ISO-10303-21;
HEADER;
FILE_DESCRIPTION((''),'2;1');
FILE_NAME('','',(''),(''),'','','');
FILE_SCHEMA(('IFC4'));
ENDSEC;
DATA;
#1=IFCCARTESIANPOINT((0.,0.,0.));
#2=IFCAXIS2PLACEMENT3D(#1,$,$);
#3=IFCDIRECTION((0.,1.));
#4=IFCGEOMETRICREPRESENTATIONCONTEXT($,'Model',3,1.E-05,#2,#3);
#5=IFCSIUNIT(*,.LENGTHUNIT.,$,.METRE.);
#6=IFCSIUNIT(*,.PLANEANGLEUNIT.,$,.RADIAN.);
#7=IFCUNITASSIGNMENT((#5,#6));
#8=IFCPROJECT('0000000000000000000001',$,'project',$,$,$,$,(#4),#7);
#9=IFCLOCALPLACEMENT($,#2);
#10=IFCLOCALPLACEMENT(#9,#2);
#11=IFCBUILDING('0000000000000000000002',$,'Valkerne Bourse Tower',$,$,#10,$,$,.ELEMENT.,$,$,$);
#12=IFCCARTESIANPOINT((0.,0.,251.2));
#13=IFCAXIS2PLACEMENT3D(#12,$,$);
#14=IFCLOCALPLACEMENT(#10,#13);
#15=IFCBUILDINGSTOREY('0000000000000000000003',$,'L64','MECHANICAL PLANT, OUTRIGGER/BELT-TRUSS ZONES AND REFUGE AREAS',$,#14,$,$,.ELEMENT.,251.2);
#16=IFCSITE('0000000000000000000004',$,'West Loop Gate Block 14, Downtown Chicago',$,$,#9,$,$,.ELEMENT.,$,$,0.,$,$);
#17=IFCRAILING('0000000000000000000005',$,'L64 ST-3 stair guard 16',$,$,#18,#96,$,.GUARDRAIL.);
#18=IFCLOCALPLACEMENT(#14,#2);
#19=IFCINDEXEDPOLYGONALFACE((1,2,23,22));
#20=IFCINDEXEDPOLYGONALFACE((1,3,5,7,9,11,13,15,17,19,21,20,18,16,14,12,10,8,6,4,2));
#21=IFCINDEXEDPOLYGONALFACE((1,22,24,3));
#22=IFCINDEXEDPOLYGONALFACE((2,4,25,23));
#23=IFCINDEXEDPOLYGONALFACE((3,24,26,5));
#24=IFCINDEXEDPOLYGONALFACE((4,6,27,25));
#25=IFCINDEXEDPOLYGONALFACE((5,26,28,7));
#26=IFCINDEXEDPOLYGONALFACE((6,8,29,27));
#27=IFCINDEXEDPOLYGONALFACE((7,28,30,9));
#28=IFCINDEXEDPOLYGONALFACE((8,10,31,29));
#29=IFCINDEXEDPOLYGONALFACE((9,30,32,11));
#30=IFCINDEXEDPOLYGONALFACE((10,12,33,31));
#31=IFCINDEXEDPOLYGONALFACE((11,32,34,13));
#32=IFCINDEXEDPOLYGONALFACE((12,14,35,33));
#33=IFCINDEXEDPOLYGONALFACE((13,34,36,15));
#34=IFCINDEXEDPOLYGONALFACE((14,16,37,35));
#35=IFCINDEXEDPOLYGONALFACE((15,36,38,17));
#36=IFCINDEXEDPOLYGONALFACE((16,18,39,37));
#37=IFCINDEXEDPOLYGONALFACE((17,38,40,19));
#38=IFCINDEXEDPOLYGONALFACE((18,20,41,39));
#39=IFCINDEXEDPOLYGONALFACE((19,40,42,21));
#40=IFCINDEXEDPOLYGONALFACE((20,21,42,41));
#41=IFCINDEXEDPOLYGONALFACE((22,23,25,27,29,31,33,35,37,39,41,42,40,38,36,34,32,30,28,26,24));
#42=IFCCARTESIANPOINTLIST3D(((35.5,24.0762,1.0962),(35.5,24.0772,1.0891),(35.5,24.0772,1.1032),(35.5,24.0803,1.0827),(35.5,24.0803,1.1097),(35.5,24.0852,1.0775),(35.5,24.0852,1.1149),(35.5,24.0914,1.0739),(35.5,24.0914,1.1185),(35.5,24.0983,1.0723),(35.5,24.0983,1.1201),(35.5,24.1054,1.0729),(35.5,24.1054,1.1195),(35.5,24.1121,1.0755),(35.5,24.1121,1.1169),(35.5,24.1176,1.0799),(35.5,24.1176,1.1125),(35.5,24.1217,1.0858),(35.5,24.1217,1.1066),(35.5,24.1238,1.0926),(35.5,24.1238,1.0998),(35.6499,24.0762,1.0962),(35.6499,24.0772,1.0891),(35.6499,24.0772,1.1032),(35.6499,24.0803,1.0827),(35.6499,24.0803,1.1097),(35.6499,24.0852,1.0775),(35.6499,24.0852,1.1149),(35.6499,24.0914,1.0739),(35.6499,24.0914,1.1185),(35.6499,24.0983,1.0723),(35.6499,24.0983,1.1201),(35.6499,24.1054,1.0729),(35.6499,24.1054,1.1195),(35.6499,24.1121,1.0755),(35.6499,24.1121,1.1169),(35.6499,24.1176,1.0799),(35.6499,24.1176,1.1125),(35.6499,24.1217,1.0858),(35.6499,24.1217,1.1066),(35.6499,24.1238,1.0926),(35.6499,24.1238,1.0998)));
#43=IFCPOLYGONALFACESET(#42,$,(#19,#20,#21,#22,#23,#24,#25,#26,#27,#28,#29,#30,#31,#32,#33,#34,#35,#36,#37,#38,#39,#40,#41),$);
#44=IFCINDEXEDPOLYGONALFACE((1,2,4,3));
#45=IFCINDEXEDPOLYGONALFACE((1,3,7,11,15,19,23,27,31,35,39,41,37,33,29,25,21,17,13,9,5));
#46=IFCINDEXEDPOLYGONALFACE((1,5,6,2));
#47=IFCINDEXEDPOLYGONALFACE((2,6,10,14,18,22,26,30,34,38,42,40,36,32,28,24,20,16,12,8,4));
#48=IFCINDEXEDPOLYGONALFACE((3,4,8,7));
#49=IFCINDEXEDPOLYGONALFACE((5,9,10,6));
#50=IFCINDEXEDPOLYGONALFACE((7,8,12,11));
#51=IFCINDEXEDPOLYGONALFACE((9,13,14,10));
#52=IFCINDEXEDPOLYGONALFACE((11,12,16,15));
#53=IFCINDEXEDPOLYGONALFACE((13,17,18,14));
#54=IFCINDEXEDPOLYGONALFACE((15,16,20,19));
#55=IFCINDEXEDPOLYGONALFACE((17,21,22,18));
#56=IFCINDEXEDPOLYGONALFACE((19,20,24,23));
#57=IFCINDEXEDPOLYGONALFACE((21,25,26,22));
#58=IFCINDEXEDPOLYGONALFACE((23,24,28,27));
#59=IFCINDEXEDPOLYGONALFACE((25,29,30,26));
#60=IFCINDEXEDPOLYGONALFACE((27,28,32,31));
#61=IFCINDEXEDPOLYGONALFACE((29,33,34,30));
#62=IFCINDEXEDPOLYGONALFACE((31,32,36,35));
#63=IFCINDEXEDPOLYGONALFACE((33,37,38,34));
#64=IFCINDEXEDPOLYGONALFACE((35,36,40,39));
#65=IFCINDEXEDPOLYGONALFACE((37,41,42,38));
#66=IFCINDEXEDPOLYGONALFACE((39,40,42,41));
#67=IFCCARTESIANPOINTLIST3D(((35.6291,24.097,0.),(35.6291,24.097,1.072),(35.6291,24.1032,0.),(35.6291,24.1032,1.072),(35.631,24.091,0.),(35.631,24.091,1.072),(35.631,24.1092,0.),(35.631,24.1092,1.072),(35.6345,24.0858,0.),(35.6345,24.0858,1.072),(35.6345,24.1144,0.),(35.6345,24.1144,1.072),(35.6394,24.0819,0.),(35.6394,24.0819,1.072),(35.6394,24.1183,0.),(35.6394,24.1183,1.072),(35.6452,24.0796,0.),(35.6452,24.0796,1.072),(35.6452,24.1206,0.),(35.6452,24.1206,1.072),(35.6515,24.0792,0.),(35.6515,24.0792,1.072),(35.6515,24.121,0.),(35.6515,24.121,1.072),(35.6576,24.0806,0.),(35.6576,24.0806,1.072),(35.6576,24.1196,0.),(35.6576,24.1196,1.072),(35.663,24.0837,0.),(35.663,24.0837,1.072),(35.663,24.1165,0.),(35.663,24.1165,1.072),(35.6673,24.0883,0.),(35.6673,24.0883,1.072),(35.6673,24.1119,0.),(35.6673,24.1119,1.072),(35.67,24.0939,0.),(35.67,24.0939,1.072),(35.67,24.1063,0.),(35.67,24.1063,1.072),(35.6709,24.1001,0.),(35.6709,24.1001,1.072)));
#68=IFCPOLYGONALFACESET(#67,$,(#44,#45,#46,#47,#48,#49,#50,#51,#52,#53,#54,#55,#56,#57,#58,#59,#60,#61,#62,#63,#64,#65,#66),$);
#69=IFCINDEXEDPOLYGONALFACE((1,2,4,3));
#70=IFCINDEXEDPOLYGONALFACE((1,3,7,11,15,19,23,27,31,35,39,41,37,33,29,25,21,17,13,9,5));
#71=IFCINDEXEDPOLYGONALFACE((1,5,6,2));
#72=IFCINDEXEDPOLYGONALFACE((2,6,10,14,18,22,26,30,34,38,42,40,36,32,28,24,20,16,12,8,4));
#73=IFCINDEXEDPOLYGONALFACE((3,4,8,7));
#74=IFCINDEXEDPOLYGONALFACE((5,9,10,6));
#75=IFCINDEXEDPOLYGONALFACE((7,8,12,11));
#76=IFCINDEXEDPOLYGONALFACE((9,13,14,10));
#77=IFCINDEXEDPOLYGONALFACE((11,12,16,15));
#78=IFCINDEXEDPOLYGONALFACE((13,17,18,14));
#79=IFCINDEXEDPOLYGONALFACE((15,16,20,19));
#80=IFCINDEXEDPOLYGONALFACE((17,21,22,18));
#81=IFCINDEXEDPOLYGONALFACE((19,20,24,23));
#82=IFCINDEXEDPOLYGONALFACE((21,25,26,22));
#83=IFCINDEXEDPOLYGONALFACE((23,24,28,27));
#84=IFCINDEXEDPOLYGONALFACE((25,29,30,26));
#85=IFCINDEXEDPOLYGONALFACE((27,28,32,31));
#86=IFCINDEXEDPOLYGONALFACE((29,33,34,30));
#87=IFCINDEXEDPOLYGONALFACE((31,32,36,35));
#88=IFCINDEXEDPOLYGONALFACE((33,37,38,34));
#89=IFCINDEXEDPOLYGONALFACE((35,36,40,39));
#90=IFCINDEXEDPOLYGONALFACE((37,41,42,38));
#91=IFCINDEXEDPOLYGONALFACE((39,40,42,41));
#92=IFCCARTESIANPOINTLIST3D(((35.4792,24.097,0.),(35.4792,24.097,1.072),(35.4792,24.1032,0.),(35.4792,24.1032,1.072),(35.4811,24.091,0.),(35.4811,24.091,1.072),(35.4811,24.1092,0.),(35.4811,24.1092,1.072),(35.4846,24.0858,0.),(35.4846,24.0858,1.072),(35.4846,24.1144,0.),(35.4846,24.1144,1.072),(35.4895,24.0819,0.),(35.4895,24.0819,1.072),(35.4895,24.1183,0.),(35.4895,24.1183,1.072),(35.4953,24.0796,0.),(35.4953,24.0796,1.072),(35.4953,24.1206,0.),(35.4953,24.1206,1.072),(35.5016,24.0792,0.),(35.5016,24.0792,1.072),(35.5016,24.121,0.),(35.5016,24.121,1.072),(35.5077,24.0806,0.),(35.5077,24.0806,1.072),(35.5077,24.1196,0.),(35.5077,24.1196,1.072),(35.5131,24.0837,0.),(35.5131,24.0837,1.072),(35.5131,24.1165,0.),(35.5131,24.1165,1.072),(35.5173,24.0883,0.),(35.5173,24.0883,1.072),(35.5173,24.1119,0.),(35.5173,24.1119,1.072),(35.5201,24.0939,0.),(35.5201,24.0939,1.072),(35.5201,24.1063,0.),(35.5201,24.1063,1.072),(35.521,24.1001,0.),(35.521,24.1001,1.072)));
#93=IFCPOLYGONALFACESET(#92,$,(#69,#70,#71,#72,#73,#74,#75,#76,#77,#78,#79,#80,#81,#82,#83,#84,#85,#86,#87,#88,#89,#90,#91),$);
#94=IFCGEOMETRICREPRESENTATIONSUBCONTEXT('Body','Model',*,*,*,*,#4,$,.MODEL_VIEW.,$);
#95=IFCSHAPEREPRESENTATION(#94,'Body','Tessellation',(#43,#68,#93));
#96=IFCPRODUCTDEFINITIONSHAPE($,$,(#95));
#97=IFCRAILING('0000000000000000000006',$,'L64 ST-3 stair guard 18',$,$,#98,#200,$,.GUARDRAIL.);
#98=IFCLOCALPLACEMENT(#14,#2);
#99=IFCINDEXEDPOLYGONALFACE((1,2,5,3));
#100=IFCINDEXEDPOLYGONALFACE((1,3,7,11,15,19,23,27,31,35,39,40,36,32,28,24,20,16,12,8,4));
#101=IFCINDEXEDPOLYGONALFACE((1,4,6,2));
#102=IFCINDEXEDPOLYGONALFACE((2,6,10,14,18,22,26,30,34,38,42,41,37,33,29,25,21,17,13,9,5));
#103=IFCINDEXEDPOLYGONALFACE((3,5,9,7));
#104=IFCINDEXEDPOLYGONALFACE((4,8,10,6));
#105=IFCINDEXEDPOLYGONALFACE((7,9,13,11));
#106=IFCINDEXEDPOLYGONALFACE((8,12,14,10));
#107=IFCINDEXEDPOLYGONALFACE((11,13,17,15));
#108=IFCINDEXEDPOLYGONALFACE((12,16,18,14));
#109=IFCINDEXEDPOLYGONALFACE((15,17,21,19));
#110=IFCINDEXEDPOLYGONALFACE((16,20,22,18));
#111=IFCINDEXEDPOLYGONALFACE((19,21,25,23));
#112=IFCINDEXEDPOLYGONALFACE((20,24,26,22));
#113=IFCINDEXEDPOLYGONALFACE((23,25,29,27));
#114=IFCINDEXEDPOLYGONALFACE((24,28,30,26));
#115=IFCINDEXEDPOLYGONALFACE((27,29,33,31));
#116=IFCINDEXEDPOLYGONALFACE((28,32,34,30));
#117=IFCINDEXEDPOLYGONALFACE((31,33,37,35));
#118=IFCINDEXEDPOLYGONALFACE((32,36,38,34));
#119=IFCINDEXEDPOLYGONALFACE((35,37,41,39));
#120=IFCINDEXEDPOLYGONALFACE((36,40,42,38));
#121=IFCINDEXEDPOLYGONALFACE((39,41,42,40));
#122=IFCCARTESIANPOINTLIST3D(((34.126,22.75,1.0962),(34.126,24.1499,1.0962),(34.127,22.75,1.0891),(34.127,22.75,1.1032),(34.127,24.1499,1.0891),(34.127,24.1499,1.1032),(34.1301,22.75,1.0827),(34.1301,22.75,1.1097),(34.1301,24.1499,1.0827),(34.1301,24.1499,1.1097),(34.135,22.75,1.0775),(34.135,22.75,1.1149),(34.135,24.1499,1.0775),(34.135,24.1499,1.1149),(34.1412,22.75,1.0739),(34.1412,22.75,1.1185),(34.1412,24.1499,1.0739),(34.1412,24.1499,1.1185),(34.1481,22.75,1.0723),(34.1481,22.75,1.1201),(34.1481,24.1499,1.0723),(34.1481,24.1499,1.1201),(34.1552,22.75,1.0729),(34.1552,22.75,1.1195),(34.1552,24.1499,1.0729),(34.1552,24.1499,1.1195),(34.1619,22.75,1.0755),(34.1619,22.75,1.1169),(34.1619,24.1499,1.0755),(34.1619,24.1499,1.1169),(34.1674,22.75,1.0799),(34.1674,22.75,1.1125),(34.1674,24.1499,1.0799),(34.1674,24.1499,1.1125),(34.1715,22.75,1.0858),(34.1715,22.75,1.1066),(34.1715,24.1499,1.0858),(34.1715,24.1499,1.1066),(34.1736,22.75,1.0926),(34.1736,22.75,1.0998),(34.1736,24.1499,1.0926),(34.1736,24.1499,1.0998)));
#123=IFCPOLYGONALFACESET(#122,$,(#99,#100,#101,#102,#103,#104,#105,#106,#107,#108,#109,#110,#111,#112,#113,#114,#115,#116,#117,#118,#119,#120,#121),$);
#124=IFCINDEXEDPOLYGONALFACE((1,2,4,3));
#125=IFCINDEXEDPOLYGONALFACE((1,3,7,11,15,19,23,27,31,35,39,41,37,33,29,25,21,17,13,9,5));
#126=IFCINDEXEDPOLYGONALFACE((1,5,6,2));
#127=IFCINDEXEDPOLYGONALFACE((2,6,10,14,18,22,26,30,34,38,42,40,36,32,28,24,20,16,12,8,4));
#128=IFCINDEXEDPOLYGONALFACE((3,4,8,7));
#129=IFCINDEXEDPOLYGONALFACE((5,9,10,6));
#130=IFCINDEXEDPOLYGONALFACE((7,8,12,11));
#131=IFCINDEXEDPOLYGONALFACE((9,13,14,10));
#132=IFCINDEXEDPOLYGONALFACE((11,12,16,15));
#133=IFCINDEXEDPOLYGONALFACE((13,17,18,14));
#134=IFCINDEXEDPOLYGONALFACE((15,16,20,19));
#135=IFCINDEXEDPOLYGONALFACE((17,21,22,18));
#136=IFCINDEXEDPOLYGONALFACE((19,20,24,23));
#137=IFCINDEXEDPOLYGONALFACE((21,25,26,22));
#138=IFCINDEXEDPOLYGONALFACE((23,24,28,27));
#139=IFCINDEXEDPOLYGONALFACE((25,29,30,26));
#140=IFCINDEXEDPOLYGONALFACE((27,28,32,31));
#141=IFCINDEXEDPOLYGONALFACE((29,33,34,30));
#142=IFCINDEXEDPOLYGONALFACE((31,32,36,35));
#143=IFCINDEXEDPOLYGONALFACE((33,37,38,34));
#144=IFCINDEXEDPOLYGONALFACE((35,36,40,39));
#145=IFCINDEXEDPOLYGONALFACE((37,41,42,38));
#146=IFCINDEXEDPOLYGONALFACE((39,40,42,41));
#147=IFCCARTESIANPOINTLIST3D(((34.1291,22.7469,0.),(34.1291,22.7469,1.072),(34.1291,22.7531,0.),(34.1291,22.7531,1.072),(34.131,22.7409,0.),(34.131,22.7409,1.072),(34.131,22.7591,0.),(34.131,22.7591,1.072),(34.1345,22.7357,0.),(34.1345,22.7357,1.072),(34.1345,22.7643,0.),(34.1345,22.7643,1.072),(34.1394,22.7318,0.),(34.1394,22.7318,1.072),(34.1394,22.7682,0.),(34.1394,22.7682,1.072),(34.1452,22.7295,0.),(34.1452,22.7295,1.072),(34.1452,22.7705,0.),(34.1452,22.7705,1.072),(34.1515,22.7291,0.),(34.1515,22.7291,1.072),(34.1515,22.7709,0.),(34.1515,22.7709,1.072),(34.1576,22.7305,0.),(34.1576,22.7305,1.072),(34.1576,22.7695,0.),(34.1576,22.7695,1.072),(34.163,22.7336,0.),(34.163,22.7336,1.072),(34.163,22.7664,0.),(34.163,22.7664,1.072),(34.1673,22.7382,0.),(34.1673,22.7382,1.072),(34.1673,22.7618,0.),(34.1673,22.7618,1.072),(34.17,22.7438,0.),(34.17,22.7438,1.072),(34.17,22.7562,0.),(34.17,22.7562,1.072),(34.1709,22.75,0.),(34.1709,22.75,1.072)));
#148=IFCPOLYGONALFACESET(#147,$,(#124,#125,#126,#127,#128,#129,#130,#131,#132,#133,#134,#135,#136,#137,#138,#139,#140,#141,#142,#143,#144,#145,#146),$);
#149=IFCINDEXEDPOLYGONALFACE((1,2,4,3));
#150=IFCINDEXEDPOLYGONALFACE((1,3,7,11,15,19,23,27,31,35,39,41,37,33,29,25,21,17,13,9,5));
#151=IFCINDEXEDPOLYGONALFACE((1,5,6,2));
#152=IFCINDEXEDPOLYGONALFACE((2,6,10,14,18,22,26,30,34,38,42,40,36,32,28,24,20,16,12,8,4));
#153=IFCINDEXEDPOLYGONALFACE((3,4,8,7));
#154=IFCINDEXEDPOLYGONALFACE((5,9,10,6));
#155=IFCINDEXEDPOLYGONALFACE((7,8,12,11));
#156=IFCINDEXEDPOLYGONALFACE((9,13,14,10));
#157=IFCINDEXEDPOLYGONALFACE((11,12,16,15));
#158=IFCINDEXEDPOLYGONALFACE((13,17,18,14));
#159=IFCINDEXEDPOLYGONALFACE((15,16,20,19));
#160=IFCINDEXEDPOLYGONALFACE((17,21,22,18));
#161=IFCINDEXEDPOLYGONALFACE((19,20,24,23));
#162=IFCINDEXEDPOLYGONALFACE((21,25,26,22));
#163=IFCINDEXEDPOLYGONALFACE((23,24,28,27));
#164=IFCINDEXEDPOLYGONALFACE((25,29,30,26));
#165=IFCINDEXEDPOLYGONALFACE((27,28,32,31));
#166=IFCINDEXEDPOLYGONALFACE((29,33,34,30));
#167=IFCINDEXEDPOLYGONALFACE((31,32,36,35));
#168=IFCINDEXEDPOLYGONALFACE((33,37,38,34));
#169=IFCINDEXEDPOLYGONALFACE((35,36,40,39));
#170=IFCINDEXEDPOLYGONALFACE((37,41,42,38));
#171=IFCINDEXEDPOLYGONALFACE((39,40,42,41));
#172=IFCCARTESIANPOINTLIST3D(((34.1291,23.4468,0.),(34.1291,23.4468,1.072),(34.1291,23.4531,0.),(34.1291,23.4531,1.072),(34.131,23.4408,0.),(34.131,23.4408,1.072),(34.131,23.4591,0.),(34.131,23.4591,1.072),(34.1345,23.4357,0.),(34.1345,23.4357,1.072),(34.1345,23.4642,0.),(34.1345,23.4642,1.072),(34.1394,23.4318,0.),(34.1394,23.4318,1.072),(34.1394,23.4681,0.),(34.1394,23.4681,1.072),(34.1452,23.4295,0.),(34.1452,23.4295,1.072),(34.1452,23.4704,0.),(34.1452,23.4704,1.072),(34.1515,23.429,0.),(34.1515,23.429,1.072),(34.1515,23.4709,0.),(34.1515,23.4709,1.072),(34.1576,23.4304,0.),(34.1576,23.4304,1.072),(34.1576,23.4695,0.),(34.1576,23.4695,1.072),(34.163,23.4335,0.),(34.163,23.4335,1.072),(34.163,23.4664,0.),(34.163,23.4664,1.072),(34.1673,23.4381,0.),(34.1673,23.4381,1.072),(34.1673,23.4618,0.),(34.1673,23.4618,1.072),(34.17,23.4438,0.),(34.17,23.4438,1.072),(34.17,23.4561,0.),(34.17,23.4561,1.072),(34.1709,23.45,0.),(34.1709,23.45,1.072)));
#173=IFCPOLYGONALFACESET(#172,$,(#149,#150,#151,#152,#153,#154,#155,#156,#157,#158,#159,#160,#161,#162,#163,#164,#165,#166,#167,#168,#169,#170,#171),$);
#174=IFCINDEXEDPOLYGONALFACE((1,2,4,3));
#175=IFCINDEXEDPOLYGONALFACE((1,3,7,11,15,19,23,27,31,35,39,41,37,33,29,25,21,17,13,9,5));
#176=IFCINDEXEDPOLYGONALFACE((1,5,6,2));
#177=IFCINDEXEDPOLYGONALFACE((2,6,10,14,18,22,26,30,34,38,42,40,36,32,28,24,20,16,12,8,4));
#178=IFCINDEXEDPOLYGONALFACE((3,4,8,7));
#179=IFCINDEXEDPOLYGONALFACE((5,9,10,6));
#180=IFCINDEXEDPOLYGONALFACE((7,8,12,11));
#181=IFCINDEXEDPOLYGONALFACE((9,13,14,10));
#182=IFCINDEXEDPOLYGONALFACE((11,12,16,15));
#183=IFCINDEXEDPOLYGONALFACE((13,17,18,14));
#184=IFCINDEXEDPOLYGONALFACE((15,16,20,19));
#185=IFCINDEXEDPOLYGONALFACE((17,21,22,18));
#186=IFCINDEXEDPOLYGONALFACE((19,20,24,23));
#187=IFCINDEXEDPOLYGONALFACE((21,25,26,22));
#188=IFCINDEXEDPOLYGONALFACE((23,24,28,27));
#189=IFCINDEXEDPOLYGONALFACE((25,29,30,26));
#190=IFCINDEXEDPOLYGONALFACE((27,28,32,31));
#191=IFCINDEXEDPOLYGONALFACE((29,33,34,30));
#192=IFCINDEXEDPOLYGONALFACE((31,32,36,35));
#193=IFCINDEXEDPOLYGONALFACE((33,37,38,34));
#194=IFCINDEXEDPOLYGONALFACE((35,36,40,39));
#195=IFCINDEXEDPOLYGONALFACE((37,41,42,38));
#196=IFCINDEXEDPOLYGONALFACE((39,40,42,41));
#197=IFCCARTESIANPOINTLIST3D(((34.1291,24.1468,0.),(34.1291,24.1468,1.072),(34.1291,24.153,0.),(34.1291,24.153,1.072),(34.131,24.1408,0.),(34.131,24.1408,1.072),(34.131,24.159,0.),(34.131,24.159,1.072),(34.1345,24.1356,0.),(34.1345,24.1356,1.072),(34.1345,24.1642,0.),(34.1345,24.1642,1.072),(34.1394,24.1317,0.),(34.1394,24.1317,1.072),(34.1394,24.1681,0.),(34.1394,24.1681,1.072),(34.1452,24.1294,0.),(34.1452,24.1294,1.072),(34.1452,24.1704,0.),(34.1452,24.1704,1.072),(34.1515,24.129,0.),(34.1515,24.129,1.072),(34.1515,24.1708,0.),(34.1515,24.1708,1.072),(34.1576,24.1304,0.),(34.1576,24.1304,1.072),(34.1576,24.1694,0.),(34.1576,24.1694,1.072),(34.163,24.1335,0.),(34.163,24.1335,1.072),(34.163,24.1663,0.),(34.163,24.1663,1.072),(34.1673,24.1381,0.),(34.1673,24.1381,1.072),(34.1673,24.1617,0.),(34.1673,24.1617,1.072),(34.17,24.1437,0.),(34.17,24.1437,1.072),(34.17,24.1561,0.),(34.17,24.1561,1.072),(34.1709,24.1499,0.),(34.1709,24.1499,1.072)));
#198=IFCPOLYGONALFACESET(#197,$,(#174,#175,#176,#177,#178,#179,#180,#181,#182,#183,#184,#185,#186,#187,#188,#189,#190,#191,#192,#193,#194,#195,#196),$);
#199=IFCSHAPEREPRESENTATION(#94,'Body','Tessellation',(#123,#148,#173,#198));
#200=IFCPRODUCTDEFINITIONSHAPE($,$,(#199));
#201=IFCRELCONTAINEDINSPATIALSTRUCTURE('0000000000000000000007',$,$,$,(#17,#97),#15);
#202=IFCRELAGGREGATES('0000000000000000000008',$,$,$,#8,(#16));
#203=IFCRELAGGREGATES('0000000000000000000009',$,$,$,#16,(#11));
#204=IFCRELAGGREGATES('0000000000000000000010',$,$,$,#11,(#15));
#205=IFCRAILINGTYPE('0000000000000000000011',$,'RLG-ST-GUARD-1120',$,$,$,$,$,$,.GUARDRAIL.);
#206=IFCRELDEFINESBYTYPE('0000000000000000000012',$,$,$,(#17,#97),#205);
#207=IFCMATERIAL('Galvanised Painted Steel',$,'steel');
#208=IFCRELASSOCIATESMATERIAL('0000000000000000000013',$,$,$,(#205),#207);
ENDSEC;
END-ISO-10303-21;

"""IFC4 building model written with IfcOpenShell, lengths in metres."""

from ifc_helpers import new_model, si_unit, direction, frame, origin, origin_2d, place, context, subcontext, project, spatial, circle, extrude, material, type_object, element, save


model = new_model("IFC4")

# Units and contexts
model_context = context("Model", 3, precision=1e-05, world=origin(), true_north=direction((0.0, 1.0)))
body_context = subcontext(model_context, "Body", "Model", "MODEL_VIEW")
ifc_project = project(units=[si_unit("LENGTHUNIT", "METRE"), si_unit("PLANEANGLEUNIT", "RADIAN")], contexts=[model_context])

# Site, building, storey
site_placement = place(None, origin())
site = spatial("IfcSite", under=ifc_project, at=site_placement, Name="West Loop Gate Block 14, Downtown Chicago", CompositionType="ELEMENT", RefElevation=0.0)
building_placement = place(site_placement, origin())
building = spatial("IfcBuilding", under=site, at=building_placement, Name="Valkerne Bourse Tower", CompositionType="ELEMENT")
storey_placement = place(building_placement, frame((0.0, 0.0, 251.2)))
storey = spatial("IfcBuildingStorey", under=building, at=storey_placement, Name="L64", Description="MECHANICAL PLANT, OUTRIGGER/BELT-TRUSS ZONES AND REFUGE AREAS", CompositionType="ELEMENT", Elevation=251.2)

# Railings
ifc_material_1 = material(Name="Galvanised Painted Steel", Category="steel")
railing_type_1 = type_object("IfcRailingType", Name="RLG-ST-GUARD-1120", PredefinedType="GUARDRAIL", material=ifc_material_1)
railing_1_placement = place(storey_placement, frame((35.6499, 24.1001, 0.0)))
element("IfcRailing", 1, at=railing_1_placement, inside=storey, type_object=railing_type_1, Name="L64 ST-3 stair guard 16", PredefinedType="GUARDRAIL", context=body_context, shape_type="SweptSolid", body=[
    extrude(circle(Radius=0.0239, at=origin_2d()), frame((0.0, 0.0, 1.0962), z_axis=(-1.0, 0.0, 0.0), x_axis=(0.0, -1.0, 0.0)), (0.0, 0.0, 1.0), 0.1499),
    extrude(circle(Radius=0.021, at=origin_2d()), origin(), (0.0, 0.0, 1.0), 1.072),
    extrude(circle(Radius=0.021, at=origin_2d()), frame((-0.1499, 0.0, 0.0)), (0.0, 0.0, 1.0), 1.072),
])
railing_2_placement = place(storey_placement, frame((34.1499, 22.75, 0.0)))
element("IfcRailing", 2, at=railing_2_placement, inside=storey, type_object=railing_type_1, Name="L64 ST-3 stair guard 18", PredefinedType="GUARDRAIL", context=body_context, shape_type="SweptSolid", body=[
    extrude(circle(Radius=0.0239, at=origin_2d()), frame((0.0, 0.0, 1.0962), z_axis=(0.0, 1.0, 0.0), x_axis=(-1.0, 0.0, 0.0)), (0.0, 0.0, 1.0), 1.3999),
    extrude(circle(Radius=0.021, at=origin_2d()), origin(), (0.0, 0.0, 1.0), 1.072),
    extrude(circle(Radius=0.021, at=origin_2d()), frame((0.0, 0.7, 0.0)), (0.0, 0.0, 1.0), 1.072),
    extrude(circle(Radius=0.021, at=origin_2d()), frame((0.0, 1.3999, 0.0)), (0.0, 0.0, 1.0), 1.072),
])

save(model, "model.ifc")
